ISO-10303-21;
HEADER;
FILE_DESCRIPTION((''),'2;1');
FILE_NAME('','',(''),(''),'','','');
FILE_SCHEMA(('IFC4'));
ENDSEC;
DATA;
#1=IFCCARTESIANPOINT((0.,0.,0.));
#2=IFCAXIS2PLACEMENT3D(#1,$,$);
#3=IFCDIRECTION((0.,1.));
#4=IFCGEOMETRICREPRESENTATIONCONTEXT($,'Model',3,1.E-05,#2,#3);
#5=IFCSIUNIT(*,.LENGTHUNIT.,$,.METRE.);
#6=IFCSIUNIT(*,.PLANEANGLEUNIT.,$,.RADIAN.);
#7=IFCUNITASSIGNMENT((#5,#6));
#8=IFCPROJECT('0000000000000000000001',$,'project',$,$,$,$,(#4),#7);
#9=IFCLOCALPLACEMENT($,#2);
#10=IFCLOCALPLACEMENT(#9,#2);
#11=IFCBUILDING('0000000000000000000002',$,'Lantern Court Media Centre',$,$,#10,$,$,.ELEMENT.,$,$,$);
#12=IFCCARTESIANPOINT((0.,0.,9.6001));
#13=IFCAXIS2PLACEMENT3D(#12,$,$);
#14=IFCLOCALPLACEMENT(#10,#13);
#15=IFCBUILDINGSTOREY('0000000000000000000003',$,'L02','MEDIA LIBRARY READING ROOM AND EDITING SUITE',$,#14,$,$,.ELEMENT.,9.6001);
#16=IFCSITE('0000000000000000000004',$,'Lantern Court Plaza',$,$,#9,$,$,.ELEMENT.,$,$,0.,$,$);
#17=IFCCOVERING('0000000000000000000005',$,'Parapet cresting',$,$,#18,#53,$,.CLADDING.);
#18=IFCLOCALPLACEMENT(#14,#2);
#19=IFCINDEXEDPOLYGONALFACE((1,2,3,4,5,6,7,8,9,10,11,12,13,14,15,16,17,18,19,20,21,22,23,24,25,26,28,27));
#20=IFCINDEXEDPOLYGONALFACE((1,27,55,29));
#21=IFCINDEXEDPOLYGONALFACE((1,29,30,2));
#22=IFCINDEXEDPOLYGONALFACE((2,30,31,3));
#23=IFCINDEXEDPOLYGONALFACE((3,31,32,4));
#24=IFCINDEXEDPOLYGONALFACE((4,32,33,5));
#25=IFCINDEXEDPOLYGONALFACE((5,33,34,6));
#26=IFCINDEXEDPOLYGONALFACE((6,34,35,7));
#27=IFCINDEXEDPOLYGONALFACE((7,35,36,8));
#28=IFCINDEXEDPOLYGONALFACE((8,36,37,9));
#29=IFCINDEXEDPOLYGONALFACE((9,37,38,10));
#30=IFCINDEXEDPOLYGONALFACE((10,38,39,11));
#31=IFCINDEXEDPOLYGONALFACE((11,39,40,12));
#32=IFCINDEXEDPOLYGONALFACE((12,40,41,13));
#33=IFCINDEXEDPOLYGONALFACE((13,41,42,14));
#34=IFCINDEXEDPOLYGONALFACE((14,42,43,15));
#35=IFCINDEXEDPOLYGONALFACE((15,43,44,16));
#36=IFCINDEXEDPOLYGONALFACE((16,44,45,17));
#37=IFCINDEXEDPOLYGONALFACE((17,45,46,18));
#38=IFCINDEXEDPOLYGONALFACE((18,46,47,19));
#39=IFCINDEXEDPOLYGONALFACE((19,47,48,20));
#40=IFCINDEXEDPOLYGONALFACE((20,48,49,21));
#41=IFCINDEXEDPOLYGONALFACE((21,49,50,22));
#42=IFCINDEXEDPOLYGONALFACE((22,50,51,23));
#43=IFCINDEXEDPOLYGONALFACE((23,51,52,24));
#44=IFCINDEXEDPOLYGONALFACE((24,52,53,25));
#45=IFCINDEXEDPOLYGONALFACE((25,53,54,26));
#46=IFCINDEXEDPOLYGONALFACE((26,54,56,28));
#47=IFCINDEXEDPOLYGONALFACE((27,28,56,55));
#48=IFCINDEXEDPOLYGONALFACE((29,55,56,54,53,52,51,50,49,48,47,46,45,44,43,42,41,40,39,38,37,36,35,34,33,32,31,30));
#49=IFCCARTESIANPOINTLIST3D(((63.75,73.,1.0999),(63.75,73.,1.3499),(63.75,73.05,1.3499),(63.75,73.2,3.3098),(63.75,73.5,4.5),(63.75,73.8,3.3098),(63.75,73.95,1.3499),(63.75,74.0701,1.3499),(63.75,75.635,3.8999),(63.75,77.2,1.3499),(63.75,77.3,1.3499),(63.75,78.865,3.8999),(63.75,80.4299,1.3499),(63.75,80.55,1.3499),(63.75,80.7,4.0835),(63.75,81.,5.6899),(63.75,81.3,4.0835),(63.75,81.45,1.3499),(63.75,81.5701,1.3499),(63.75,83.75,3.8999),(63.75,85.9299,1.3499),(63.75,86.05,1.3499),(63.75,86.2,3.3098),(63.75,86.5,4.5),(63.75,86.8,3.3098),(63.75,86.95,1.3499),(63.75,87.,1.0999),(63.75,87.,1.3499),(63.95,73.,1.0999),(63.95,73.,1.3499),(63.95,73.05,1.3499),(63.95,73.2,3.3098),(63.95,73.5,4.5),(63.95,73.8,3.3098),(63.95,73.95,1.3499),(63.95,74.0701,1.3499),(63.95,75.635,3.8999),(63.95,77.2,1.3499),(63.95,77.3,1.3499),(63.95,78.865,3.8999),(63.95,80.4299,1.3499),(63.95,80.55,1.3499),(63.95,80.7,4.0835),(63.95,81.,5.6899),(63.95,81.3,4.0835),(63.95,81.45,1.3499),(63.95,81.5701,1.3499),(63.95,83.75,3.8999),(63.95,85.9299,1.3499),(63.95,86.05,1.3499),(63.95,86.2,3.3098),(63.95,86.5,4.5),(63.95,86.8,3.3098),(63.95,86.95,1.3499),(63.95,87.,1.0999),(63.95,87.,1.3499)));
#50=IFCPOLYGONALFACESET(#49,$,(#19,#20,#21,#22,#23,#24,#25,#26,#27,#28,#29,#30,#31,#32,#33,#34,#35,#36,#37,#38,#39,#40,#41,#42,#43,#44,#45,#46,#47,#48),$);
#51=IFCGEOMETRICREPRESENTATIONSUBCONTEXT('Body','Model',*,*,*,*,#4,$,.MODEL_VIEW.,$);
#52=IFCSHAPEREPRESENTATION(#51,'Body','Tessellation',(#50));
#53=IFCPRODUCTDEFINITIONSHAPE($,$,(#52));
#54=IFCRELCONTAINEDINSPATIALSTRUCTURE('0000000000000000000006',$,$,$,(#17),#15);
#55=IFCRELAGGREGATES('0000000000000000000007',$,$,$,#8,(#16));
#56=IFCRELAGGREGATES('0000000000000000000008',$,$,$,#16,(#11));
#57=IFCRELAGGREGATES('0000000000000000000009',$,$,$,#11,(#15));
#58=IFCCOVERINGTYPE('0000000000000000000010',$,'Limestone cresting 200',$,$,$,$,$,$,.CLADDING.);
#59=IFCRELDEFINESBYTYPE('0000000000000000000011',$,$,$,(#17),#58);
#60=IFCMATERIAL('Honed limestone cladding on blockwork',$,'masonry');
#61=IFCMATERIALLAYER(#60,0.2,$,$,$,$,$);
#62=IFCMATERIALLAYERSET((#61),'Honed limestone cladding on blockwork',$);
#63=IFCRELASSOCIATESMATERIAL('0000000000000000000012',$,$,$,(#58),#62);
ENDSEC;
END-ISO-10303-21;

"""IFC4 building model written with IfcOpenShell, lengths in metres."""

from ifc_helpers import new_model, si_unit, direction, frame, origin, place, context, subcontext, project, spatial, polyline, outline, extrude, material, layer, layer_set, type_object, element, save


model = new_model("IFC4")

# Units and contexts
model_context = context("Model", 3, precision=1e-05, world=origin(), true_north=direction((0.0, 1.0)))
body_context = subcontext(model_context, "Body", "Model", "MODEL_VIEW")
ifc_project = project(units=[si_unit("LENGTHUNIT", "METRE"), si_unit("PLANEANGLEUNIT", "RADIAN")], contexts=[model_context])

# Site, building, storey
site_placement = place(None, origin())
site = spatial("IfcSite", under=ifc_project, at=site_placement, Name="Lantern Court Plaza", CompositionType="ELEMENT", RefElevation=0.0)
building_placement = place(site_placement, origin())
building = spatial("IfcBuilding", under=site, at=building_placement, Name="Lantern Court Media Centre", CompositionType="ELEMENT")
storey_placement = place(building_placement, frame((0.0, 0.0, 9.6001)))
storey = spatial("IfcBuildingStorey", under=building, at=storey_placement, Name="L02", Description="MEDIA LIBRARY READING ROOM AND EDITING SUITE", CompositionType="ELEMENT", Elevation=9.6001)

# Covering
ifc_material_1 = material(Name="Honed limestone cladding on blockwork", Category="masonry")
ifc_layer_1 = layer(ifc_material_1, 0.2)
ifc_layer_set_1 = layer_set([ifc_layer_1], Name="Honed limestone cladding on blockwork")
covering_type_1 = type_object("IfcCoveringType", Name="Limestone cresting 200", PredefinedType="CLADDING", material=ifc_layer_set_1)
covering_1_placement = place(storey_placement, frame((63.8501, 73.0, 1.0999), z_axis=(0.0, 0.0, 1.0), x_axis=(0.0, 1.0, 0.0)))
element("IfcCovering", 1, at=covering_1_placement, inside=storey, type_object=covering_type_1, Name="Parapet cresting", PredefinedType="CLADDING", context=body_context, shape_type="SweptSolid", body=[
    extrude(outline(polyline([(0.0, 0.0), (14.0, 0.0), (14.0, 0.25), (13.95, 0.25), (13.8, 2.21), (13.5, 3.4001), (13.2, 2.21), (13.05, 0.25), (12.9299, 0.25), (10.75, 2.8), (8.5701, 0.25), (8.45, 0.25), (8.3, 2.9836), (8.0, 4.5901), (7.7, 2.9836), (7.55, 0.25), (7.4299, 0.25), (5.865, 2.8), (4.3, 0.25), (4.2, 0.25), (2.635, 2.8), (1.0701, 0.25), (0.95, 0.25), (0.8, 2.21), (0.5, 3.4001), (0.2, 2.21), (0.05, 0.25), (0.0, 0.25), (0.0, 0.0)])), frame((0.0, 0.1001, 0.0), z_axis=(0.0, -1.0, 0.0), x_axis=(1.0, 0.0, 0.0)), (0.0, 0.0, 1.0), 0.2),
])

save(model, "model.ifc")
